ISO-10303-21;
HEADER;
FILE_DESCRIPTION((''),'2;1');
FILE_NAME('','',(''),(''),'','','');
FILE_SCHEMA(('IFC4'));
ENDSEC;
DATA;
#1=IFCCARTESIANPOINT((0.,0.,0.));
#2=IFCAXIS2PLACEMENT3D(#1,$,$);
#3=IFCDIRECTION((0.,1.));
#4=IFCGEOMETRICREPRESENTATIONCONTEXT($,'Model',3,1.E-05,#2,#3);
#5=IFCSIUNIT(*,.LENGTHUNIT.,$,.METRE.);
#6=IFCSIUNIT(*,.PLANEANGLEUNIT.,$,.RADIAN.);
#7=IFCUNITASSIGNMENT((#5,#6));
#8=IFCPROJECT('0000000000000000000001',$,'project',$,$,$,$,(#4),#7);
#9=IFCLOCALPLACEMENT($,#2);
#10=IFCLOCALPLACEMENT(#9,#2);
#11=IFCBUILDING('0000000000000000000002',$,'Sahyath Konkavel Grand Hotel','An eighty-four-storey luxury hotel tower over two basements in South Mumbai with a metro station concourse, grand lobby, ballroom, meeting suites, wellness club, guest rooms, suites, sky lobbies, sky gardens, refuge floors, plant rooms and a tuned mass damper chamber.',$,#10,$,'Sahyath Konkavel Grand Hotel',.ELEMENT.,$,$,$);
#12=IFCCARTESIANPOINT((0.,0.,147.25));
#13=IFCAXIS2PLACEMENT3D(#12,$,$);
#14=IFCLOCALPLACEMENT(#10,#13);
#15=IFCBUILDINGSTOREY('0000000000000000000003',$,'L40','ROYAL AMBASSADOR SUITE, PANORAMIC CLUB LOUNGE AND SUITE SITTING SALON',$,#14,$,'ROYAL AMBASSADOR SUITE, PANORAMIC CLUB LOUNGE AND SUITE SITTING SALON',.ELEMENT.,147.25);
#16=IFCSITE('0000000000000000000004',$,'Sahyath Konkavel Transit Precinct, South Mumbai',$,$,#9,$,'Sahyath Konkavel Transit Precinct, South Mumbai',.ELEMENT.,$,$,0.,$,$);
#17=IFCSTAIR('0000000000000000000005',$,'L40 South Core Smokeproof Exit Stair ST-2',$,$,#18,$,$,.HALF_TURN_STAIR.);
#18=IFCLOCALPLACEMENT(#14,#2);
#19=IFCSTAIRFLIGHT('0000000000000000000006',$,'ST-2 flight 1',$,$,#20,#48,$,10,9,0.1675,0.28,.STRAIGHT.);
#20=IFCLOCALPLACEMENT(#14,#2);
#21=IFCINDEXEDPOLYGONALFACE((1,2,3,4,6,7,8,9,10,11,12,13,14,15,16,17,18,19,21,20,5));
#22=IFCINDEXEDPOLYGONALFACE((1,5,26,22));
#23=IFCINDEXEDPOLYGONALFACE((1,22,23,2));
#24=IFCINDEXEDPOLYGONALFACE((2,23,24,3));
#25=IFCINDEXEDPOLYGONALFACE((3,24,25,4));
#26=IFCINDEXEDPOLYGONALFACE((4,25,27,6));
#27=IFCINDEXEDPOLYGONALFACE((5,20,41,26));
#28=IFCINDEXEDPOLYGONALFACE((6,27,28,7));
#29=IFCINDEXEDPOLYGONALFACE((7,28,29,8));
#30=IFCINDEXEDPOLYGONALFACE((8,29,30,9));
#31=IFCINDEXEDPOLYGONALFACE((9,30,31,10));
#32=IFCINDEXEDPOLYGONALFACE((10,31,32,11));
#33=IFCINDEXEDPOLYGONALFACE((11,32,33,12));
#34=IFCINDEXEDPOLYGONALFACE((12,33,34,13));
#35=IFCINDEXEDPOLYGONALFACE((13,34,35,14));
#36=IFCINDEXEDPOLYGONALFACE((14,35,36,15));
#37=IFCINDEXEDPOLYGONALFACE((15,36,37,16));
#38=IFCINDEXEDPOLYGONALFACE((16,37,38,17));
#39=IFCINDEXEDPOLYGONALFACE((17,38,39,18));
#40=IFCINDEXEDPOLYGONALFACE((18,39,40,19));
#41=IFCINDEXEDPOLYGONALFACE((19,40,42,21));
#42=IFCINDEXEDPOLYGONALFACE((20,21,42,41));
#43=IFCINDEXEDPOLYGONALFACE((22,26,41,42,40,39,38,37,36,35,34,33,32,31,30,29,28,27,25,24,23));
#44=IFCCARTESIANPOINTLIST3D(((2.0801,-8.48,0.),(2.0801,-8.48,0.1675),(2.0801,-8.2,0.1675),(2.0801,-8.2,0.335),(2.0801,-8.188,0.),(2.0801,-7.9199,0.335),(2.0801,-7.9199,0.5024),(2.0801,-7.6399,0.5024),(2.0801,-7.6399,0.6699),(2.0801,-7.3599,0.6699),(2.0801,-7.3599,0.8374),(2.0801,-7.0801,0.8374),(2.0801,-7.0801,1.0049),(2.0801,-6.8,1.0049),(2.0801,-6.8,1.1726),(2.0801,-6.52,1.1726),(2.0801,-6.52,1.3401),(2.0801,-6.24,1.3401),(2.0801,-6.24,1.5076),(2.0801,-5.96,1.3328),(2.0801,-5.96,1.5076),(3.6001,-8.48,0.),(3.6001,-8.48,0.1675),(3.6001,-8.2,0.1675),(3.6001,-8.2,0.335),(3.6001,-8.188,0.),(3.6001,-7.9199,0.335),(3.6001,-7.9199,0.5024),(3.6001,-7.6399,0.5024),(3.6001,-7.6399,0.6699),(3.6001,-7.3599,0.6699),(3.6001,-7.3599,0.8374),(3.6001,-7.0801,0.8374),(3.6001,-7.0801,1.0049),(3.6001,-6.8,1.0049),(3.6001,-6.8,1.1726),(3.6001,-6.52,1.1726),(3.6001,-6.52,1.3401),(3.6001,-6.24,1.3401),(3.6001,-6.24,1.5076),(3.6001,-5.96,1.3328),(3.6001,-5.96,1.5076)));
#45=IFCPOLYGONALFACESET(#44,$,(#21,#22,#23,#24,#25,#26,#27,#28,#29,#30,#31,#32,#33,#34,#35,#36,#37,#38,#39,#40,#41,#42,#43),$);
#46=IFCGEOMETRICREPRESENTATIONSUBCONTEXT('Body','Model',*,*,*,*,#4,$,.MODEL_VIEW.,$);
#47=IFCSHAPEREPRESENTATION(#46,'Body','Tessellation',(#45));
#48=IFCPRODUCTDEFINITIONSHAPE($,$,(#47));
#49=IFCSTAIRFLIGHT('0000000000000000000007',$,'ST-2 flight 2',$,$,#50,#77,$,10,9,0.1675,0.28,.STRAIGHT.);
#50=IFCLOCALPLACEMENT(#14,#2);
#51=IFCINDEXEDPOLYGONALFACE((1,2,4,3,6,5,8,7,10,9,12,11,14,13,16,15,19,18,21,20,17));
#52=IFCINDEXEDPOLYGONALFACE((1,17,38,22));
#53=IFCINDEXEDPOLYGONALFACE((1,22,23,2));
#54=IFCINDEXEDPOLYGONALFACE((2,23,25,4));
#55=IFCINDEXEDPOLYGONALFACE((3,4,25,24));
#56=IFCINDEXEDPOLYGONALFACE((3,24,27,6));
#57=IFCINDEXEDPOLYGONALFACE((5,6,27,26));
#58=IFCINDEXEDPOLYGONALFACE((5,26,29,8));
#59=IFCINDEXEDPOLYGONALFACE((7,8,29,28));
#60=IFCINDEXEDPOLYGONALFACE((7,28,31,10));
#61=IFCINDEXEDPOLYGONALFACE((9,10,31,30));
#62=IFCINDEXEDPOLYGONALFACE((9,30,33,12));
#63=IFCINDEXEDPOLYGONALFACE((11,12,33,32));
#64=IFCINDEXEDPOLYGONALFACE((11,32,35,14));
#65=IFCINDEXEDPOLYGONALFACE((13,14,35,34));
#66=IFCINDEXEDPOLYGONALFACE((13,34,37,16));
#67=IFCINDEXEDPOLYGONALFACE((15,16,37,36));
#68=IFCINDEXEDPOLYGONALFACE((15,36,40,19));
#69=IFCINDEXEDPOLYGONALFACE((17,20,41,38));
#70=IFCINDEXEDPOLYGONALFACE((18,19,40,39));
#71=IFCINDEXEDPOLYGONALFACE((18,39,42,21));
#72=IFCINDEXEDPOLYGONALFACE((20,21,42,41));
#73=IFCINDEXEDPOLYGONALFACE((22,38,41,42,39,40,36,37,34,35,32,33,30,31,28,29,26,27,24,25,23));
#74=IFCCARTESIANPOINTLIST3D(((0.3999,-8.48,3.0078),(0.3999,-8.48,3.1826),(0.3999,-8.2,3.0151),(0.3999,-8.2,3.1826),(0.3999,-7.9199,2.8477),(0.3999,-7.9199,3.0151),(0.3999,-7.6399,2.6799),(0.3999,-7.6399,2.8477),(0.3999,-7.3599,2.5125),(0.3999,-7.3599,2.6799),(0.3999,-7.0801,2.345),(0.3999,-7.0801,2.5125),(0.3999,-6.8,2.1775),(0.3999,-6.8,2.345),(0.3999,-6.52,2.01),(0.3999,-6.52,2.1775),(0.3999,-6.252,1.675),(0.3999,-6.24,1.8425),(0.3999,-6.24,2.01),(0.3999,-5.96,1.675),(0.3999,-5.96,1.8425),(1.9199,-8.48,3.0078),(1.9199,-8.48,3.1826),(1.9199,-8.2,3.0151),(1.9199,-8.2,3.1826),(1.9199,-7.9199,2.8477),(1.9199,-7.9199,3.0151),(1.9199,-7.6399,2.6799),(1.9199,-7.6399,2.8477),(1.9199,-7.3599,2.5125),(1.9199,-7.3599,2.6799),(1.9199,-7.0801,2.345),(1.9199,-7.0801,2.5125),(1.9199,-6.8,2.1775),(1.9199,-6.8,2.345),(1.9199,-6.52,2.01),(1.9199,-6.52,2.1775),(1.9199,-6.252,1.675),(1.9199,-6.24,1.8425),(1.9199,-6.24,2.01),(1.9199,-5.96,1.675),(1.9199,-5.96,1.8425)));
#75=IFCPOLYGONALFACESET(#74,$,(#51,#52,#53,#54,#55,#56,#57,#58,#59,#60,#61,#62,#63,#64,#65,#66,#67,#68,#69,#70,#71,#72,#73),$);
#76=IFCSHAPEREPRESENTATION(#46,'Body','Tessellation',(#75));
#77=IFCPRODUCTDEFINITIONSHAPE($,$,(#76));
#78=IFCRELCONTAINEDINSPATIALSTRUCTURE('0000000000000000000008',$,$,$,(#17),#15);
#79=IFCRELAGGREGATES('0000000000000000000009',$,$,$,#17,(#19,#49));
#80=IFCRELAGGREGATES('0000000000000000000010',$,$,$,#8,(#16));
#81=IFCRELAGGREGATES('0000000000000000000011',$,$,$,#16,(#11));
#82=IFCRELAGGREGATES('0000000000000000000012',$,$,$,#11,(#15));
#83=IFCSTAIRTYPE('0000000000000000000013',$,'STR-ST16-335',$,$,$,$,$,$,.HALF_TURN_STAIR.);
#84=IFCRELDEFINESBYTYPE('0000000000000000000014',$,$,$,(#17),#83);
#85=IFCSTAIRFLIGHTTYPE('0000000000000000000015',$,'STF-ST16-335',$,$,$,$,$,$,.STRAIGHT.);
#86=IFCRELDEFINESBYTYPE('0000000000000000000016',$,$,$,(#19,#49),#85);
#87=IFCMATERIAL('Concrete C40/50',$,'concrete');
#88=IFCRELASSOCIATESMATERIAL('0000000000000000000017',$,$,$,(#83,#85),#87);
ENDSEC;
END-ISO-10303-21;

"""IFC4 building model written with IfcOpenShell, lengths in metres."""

from ifc_helpers import new_model, si_unit, direction, frame, origin, place, context, subcontext, project, spatial, polyline, outline, extrude, material, type_object, element, aggregate, save


model = new_model("IFC4")

# Units and contexts
model_context = context("Model", 3, precision=1e-05, world=origin(), true_north=direction((0.0, 1.0)))
body_context = subcontext(model_context, "Body", "Model", "MODEL_VIEW")
ifc_project = project(units=[si_unit("LENGTHUNIT", "METRE"), si_unit("PLANEANGLEUNIT", "RADIAN")], contexts=[model_context])

# Site, building, storey
site_placement = place(None, origin())
site = spatial("IfcSite", under=ifc_project, at=site_placement, Name="Sahyath Konkavel Transit Precinct, South Mumbai", LongName="Sahyath Konkavel Transit Precinct, South Mumbai", CompositionType="ELEMENT", RefElevation=0.0)
building_placement = place(site_placement, origin())
building = spatial("IfcBuilding", under=site, at=building_placement, Name="Sahyath Konkavel Grand Hotel", Description="An eighty-four-storey luxury hotel tower over two basements in South Mumbai with a metro station concourse, grand lobby, ballroom, meeting suites, wellness club, guest rooms, suites, sky lobbies, sky gardens, refuge floors, plant rooms and a tuned mass damper chamber.", LongName="Sahyath Konkavel Grand Hotel", CompositionType="ELEMENT")
storey_placement = place(building_placement, frame((0.0, 0.0, 147.25)))
storey = spatial("IfcBuildingStorey", under=building, at=storey_placement, Name="L40", Description="ROYAL AMBASSADOR SUITE, PANORAMIC CLUB LOUNGE AND SUITE SITTING SALON", LongName="ROYAL AMBASSADOR SUITE, PANORAMIC CLUB LOUNGE AND SUITE SITTING SALON", CompositionType="ELEMENT", Elevation=147.25)

# Shared definitions
ifc_material_1 = material(Name="Concrete C40/50", Category="concrete")

# Stair, stair flights
stair_type = type_object("IfcStairType", Name="STR-ST16-335", PredefinedType="HALF_TURN_STAIR", material=ifc_material_1)
stair_placement = place(storey_placement, origin())
stair = element("IfcStair", 1, at=stair_placement, inside=storey, type_object=stair_type, Name="L40 South Core Smokeproof Exit Stair ST-2", PredefinedType="HALF_TURN_STAIR")
stair_flight_type = type_object("IfcStairFlightType", Name="STF-ST16-335", PredefinedType="STRAIGHT", material=ifc_material_1)
stair_flight_1_placement = place(storey_placement, frame((2.8401, -8.48, 0.0), z_axis=(0.0, 0.0, 1.0), x_axis=(0.0, 1.0, 0.0)))
stair_flight_1 = element("IfcStairFlight", 2, at=stair_flight_1_placement, type_object=stair_flight_type, Name="ST-2 flight 1", NumberOfRisers=10, NumberOfTreads=9, PredefinedType="STRAIGHT", RiserHeight=0.1675, TreadLength=0.28, context=body_context, shape_type="SweptSolid", body=[
    extrude(outline(polyline([(0.0, 0.0), (0.0, 0.1675), (0.28, 0.1675), (0.28, 0.335), (0.5601, 0.335), (0.5601, 0.5024), (0.8401, 0.5024), (0.8401, 0.6699), (1.1201, 0.6699), (1.1201, 0.8374), (1.3999, 0.8374), (1.3999, 1.0049), (1.6799, 1.0049), (1.6799, 1.1726), (1.96, 1.1726), (1.96, 1.3401), (2.24, 1.3401), (2.24, 1.5076), (2.52, 1.5076), (2.52, 1.675), (2.52, 1.3328), (0.292, 0.0), (0.0, 0.0)])), frame((0.0, 0.76, 0.0), z_axis=(0.0, -1.0, 0.0), x_axis=(1.0, 0.0, 0.0)), (0.0, 0.0, 1.0), 1.52),
])
stair_flight_2_placement = place(storey_placement, frame((1.1599, -5.96, 1.675), z_axis=(0.0, 0.0, 1.0), x_axis=(0.0, -1.0, 0.0)))
stair_flight_2 = element("IfcStairFlight", 3, at=stair_flight_2_placement, type_object=stair_flight_type, Name="ST-2 flight 2", NumberOfRisers=10, NumberOfTreads=9, PredefinedType="STRAIGHT", RiserHeight=0.1675, TreadLength=0.28, context=body_context, shape_type="SweptSolid", body=[
    extrude(outline(polyline([(0.0, 0.0), (0.0, 0.1675), (0.28, 0.1675), (0.28, 0.335), (0.5601, 0.335), (0.5601, 0.5024), (0.8401, 0.5024), (0.8401, 0.6699), (1.1201, 0.6699), (1.1201, 0.8374), (1.3999, 0.8374), (1.3999, 1.0049), (1.6799, 1.0049), (1.6799, 1.1726), (1.96, 1.1726), (1.96, 1.3401), (2.24, 1.3401), (2.24, 1.5076), (2.52, 1.5076), (2.52, 1.675), (2.52, 1.3328), (0.292, 0.0), (0.0, 0.0)])), frame((0.0, 0.76, 0.0), z_axis=(0.0, -1.0, 0.0), x_axis=(1.0, 0.0, 0.0)), (0.0, 0.0, 1.0), 1.52),
])
aggregate(stair, [stair_flight_1, stair_flight_2])

save(model, "model.ifc")
